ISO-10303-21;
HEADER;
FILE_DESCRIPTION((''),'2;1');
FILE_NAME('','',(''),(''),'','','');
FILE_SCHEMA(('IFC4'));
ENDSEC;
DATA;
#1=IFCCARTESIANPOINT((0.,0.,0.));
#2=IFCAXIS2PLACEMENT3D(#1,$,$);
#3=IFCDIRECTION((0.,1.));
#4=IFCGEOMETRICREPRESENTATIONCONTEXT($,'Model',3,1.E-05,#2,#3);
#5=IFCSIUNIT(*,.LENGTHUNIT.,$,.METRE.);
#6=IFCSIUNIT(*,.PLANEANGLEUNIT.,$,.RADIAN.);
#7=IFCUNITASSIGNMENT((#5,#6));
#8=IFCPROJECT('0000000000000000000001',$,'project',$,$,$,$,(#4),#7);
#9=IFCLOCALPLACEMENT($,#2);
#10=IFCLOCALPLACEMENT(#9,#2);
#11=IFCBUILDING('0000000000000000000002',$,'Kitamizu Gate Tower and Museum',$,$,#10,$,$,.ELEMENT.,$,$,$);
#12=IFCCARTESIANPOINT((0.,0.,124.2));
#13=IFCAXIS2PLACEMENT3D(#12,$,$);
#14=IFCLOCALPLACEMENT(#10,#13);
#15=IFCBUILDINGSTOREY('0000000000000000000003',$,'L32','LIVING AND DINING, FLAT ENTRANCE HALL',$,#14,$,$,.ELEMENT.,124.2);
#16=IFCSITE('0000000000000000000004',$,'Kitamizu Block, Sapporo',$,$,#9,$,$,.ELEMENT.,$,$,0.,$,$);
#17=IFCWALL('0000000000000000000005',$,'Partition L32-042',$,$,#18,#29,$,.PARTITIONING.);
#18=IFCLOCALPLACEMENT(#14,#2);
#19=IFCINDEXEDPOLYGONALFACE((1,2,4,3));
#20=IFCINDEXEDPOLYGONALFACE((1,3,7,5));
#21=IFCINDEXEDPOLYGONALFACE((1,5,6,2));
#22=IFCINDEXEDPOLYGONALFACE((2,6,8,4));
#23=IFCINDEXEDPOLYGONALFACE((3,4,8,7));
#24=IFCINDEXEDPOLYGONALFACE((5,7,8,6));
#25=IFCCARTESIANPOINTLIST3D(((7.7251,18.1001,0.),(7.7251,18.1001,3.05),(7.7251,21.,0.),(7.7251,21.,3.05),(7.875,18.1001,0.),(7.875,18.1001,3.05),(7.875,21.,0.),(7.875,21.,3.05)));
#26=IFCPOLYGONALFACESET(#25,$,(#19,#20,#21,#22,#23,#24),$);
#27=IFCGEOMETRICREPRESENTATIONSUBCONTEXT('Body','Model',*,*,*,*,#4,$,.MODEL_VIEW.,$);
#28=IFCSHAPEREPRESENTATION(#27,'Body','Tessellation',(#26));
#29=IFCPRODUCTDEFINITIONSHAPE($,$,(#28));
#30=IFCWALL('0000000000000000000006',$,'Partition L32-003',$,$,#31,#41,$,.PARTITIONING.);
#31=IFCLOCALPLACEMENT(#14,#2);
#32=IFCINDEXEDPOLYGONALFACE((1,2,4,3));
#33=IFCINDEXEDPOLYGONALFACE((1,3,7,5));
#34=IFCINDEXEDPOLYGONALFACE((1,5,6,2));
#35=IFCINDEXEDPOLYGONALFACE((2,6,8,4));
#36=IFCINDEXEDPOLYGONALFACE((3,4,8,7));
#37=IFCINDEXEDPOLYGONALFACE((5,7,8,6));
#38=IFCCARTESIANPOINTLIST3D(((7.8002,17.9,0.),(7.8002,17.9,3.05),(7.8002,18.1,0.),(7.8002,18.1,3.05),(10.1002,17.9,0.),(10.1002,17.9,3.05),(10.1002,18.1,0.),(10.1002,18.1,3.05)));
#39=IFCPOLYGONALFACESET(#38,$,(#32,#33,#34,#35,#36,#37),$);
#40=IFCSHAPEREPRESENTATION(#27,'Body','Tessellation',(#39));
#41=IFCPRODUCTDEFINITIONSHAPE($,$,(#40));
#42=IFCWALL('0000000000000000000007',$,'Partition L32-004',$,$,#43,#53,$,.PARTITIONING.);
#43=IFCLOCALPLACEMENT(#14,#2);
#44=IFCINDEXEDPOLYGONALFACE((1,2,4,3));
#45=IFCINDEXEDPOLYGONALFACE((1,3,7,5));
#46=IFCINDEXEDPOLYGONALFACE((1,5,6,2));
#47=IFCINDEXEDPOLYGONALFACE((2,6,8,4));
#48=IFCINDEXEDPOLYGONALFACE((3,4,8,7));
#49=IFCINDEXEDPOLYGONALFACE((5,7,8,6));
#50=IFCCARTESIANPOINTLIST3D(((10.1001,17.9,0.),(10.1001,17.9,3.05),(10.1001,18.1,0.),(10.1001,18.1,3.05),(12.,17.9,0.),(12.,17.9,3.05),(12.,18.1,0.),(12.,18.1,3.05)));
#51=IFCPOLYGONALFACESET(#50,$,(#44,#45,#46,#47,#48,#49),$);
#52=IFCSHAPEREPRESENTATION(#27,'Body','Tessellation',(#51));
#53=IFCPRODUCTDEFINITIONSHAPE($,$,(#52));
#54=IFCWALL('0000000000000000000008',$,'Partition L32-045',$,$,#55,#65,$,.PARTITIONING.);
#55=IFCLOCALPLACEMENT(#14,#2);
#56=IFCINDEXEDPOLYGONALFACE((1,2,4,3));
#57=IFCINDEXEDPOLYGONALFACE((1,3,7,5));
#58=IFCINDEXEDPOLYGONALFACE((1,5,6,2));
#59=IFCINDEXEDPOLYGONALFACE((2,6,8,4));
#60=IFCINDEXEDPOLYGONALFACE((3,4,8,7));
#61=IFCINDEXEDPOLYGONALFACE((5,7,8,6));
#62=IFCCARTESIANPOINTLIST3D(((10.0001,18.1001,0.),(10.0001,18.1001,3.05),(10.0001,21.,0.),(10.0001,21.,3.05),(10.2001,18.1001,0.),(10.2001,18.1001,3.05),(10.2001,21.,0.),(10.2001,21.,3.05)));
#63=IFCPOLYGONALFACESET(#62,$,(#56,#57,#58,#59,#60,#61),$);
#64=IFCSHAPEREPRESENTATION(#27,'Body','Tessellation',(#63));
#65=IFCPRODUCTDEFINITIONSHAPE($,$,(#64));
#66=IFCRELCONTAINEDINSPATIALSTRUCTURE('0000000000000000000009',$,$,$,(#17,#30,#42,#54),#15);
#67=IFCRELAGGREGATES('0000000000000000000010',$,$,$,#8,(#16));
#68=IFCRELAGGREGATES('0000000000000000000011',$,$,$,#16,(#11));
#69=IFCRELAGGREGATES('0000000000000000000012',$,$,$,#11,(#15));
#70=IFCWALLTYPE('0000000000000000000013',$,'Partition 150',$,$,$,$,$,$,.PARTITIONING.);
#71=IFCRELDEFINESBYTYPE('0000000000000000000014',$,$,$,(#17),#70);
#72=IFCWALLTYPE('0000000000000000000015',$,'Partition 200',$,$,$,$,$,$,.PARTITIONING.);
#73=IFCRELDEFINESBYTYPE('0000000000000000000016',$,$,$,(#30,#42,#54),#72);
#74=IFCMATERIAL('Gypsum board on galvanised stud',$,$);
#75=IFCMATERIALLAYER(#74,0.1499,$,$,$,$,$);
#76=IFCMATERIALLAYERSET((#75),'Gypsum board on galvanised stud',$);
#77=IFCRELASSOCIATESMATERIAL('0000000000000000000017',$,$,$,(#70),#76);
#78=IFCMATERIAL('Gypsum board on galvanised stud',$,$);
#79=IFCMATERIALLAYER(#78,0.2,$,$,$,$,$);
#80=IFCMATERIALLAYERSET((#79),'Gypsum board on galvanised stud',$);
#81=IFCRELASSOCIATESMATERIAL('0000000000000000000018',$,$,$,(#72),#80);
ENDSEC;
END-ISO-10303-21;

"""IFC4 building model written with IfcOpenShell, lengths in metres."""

from ifc_helpers import new_model, si_unit, direction, frame, frame_2d, origin, place, context, subcontext, project, spatial, rectangle, extrude, material, layer, layer_set, type_object, element, save


model = new_model("IFC4")

# Units and contexts
model_context = context("Model", 3, precision=1e-05, world=origin(), true_north=direction((0.0, 1.0)))
body_context = subcontext(model_context, "Body", "Model", "MODEL_VIEW")
ifc_project = project(units=[si_unit("LENGTHUNIT", "METRE"), si_unit("PLANEANGLEUNIT", "RADIAN")], contexts=[model_context])

# Site, building, storey
site_placement = place(None, origin())
site = spatial("IfcSite", under=ifc_project, at=site_placement, Name="Kitamizu Block, Sapporo", CompositionType="ELEMENT", RefElevation=0.0)
building_placement = place(site_placement, origin())
building = spatial("IfcBuilding", under=site, at=building_placement, Name="Kitamizu Gate Tower and Museum", CompositionType="ELEMENT")
storey_placement = place(building_placement, frame((0.0, 0.0, 124.2)))
storey = spatial("IfcBuildingStorey", under=building, at=storey_placement, Name="L32", Description="LIVING AND DINING, FLAT ENTRANCE HALL", CompositionType="ELEMENT", Elevation=124.2)

# Walls
ifc_material_1 = material(Name="Gypsum board on galvanised stud")
ifc_layer_1 = layer(ifc_material_1, 0.1499)
ifc_layer_set_1 = layer_set([ifc_layer_1], Name="Gypsum board on galvanised stud")
wall_type_1 = type_object("IfcWallType", Name="Partition 150", PredefinedType="PARTITIONING", material=ifc_layer_set_1)
wall_1_placement = place(storey_placement, frame((7.8, 18.1001, 0.0), z_axis=(0.0, 0.0, 1.0), x_axis=(0.0, 1.0, 0.0)))
element("IfcWall", 1, at=wall_1_placement, inside=storey, type_object=wall_type_1, Name="Partition L32-042", PredefinedType="PARTITIONING", context=body_context, shape_type="SweptSolid", body=[
    extrude(rectangle(XDim=2.8999, YDim=0.1499, at=frame_2d((1.45, 0.0))), origin(), (0.0, 0.0, 1.0), 3.05),
])
ifc_material_2 = material(Name="Gypsum board on galvanised stud")
ifc_layer_2 = layer(ifc_material_2, 0.2)
ifc_layer_set_2 = layer_set([ifc_layer_2], Name="Gypsum board on galvanised stud")
wall_type_2 = type_object("IfcWallType", Name="Partition 200", PredefinedType="PARTITIONING", material=ifc_layer_set_2)
wall_2_placement = place(storey_placement, frame((10.1001, 18.0, 0.0), z_axis=(0.0, 0.0, 1.0), x_axis=(-1.0, 0.0, 0.0)))
element("IfcWall", 2, at=wall_2_placement, inside=storey, type_object=wall_type_2, Name="Partition L32-003", PredefinedType="PARTITIONING", context=body_context, shape_type="SweptSolid", body=[
    extrude(rectangle(XDim=2.3, YDim=0.2, at=frame_2d((1.1499, 0.0))), origin(), (0.0, 0.0, 1.0), 3.05),
])
wall_3_placement = place(storey_placement, frame((12.0, 18.0, 0.0), z_axis=(0.0, 0.0, 1.0), x_axis=(-1.0, 0.0, 0.0)))
element("IfcWall", 3, at=wall_3_placement, inside=storey, type_object=wall_type_2, Name="Partition L32-004", PredefinedType="PARTITIONING", context=body_context, shape_type="SweptSolid", body=[
    extrude(rectangle(XDim=1.8999, YDim=0.2, at=frame_2d((0.95, 0.0))), origin(), (0.0, 0.0, 1.0), 3.05),
])
wall_4_placement = place(storey_placement, frame((10.1001, 18.1001, 0.0), z_axis=(0.0, 0.0, 1.0), x_axis=(0.0, 1.0, 0.0)))
element("IfcWall", 4, at=wall_4_placement, inside=storey, type_object=wall_type_2, Name="Partition L32-045", PredefinedType="PARTITIONING", context=body_context, shape_type="SweptSolid", body=[
    extrude(rectangle(XDim=2.8999, YDim=0.2, at=frame_2d((1.45, 0.0))), origin(), (0.0, 0.0, 1.0), 3.05),
])

save(model, "model.ifc")
